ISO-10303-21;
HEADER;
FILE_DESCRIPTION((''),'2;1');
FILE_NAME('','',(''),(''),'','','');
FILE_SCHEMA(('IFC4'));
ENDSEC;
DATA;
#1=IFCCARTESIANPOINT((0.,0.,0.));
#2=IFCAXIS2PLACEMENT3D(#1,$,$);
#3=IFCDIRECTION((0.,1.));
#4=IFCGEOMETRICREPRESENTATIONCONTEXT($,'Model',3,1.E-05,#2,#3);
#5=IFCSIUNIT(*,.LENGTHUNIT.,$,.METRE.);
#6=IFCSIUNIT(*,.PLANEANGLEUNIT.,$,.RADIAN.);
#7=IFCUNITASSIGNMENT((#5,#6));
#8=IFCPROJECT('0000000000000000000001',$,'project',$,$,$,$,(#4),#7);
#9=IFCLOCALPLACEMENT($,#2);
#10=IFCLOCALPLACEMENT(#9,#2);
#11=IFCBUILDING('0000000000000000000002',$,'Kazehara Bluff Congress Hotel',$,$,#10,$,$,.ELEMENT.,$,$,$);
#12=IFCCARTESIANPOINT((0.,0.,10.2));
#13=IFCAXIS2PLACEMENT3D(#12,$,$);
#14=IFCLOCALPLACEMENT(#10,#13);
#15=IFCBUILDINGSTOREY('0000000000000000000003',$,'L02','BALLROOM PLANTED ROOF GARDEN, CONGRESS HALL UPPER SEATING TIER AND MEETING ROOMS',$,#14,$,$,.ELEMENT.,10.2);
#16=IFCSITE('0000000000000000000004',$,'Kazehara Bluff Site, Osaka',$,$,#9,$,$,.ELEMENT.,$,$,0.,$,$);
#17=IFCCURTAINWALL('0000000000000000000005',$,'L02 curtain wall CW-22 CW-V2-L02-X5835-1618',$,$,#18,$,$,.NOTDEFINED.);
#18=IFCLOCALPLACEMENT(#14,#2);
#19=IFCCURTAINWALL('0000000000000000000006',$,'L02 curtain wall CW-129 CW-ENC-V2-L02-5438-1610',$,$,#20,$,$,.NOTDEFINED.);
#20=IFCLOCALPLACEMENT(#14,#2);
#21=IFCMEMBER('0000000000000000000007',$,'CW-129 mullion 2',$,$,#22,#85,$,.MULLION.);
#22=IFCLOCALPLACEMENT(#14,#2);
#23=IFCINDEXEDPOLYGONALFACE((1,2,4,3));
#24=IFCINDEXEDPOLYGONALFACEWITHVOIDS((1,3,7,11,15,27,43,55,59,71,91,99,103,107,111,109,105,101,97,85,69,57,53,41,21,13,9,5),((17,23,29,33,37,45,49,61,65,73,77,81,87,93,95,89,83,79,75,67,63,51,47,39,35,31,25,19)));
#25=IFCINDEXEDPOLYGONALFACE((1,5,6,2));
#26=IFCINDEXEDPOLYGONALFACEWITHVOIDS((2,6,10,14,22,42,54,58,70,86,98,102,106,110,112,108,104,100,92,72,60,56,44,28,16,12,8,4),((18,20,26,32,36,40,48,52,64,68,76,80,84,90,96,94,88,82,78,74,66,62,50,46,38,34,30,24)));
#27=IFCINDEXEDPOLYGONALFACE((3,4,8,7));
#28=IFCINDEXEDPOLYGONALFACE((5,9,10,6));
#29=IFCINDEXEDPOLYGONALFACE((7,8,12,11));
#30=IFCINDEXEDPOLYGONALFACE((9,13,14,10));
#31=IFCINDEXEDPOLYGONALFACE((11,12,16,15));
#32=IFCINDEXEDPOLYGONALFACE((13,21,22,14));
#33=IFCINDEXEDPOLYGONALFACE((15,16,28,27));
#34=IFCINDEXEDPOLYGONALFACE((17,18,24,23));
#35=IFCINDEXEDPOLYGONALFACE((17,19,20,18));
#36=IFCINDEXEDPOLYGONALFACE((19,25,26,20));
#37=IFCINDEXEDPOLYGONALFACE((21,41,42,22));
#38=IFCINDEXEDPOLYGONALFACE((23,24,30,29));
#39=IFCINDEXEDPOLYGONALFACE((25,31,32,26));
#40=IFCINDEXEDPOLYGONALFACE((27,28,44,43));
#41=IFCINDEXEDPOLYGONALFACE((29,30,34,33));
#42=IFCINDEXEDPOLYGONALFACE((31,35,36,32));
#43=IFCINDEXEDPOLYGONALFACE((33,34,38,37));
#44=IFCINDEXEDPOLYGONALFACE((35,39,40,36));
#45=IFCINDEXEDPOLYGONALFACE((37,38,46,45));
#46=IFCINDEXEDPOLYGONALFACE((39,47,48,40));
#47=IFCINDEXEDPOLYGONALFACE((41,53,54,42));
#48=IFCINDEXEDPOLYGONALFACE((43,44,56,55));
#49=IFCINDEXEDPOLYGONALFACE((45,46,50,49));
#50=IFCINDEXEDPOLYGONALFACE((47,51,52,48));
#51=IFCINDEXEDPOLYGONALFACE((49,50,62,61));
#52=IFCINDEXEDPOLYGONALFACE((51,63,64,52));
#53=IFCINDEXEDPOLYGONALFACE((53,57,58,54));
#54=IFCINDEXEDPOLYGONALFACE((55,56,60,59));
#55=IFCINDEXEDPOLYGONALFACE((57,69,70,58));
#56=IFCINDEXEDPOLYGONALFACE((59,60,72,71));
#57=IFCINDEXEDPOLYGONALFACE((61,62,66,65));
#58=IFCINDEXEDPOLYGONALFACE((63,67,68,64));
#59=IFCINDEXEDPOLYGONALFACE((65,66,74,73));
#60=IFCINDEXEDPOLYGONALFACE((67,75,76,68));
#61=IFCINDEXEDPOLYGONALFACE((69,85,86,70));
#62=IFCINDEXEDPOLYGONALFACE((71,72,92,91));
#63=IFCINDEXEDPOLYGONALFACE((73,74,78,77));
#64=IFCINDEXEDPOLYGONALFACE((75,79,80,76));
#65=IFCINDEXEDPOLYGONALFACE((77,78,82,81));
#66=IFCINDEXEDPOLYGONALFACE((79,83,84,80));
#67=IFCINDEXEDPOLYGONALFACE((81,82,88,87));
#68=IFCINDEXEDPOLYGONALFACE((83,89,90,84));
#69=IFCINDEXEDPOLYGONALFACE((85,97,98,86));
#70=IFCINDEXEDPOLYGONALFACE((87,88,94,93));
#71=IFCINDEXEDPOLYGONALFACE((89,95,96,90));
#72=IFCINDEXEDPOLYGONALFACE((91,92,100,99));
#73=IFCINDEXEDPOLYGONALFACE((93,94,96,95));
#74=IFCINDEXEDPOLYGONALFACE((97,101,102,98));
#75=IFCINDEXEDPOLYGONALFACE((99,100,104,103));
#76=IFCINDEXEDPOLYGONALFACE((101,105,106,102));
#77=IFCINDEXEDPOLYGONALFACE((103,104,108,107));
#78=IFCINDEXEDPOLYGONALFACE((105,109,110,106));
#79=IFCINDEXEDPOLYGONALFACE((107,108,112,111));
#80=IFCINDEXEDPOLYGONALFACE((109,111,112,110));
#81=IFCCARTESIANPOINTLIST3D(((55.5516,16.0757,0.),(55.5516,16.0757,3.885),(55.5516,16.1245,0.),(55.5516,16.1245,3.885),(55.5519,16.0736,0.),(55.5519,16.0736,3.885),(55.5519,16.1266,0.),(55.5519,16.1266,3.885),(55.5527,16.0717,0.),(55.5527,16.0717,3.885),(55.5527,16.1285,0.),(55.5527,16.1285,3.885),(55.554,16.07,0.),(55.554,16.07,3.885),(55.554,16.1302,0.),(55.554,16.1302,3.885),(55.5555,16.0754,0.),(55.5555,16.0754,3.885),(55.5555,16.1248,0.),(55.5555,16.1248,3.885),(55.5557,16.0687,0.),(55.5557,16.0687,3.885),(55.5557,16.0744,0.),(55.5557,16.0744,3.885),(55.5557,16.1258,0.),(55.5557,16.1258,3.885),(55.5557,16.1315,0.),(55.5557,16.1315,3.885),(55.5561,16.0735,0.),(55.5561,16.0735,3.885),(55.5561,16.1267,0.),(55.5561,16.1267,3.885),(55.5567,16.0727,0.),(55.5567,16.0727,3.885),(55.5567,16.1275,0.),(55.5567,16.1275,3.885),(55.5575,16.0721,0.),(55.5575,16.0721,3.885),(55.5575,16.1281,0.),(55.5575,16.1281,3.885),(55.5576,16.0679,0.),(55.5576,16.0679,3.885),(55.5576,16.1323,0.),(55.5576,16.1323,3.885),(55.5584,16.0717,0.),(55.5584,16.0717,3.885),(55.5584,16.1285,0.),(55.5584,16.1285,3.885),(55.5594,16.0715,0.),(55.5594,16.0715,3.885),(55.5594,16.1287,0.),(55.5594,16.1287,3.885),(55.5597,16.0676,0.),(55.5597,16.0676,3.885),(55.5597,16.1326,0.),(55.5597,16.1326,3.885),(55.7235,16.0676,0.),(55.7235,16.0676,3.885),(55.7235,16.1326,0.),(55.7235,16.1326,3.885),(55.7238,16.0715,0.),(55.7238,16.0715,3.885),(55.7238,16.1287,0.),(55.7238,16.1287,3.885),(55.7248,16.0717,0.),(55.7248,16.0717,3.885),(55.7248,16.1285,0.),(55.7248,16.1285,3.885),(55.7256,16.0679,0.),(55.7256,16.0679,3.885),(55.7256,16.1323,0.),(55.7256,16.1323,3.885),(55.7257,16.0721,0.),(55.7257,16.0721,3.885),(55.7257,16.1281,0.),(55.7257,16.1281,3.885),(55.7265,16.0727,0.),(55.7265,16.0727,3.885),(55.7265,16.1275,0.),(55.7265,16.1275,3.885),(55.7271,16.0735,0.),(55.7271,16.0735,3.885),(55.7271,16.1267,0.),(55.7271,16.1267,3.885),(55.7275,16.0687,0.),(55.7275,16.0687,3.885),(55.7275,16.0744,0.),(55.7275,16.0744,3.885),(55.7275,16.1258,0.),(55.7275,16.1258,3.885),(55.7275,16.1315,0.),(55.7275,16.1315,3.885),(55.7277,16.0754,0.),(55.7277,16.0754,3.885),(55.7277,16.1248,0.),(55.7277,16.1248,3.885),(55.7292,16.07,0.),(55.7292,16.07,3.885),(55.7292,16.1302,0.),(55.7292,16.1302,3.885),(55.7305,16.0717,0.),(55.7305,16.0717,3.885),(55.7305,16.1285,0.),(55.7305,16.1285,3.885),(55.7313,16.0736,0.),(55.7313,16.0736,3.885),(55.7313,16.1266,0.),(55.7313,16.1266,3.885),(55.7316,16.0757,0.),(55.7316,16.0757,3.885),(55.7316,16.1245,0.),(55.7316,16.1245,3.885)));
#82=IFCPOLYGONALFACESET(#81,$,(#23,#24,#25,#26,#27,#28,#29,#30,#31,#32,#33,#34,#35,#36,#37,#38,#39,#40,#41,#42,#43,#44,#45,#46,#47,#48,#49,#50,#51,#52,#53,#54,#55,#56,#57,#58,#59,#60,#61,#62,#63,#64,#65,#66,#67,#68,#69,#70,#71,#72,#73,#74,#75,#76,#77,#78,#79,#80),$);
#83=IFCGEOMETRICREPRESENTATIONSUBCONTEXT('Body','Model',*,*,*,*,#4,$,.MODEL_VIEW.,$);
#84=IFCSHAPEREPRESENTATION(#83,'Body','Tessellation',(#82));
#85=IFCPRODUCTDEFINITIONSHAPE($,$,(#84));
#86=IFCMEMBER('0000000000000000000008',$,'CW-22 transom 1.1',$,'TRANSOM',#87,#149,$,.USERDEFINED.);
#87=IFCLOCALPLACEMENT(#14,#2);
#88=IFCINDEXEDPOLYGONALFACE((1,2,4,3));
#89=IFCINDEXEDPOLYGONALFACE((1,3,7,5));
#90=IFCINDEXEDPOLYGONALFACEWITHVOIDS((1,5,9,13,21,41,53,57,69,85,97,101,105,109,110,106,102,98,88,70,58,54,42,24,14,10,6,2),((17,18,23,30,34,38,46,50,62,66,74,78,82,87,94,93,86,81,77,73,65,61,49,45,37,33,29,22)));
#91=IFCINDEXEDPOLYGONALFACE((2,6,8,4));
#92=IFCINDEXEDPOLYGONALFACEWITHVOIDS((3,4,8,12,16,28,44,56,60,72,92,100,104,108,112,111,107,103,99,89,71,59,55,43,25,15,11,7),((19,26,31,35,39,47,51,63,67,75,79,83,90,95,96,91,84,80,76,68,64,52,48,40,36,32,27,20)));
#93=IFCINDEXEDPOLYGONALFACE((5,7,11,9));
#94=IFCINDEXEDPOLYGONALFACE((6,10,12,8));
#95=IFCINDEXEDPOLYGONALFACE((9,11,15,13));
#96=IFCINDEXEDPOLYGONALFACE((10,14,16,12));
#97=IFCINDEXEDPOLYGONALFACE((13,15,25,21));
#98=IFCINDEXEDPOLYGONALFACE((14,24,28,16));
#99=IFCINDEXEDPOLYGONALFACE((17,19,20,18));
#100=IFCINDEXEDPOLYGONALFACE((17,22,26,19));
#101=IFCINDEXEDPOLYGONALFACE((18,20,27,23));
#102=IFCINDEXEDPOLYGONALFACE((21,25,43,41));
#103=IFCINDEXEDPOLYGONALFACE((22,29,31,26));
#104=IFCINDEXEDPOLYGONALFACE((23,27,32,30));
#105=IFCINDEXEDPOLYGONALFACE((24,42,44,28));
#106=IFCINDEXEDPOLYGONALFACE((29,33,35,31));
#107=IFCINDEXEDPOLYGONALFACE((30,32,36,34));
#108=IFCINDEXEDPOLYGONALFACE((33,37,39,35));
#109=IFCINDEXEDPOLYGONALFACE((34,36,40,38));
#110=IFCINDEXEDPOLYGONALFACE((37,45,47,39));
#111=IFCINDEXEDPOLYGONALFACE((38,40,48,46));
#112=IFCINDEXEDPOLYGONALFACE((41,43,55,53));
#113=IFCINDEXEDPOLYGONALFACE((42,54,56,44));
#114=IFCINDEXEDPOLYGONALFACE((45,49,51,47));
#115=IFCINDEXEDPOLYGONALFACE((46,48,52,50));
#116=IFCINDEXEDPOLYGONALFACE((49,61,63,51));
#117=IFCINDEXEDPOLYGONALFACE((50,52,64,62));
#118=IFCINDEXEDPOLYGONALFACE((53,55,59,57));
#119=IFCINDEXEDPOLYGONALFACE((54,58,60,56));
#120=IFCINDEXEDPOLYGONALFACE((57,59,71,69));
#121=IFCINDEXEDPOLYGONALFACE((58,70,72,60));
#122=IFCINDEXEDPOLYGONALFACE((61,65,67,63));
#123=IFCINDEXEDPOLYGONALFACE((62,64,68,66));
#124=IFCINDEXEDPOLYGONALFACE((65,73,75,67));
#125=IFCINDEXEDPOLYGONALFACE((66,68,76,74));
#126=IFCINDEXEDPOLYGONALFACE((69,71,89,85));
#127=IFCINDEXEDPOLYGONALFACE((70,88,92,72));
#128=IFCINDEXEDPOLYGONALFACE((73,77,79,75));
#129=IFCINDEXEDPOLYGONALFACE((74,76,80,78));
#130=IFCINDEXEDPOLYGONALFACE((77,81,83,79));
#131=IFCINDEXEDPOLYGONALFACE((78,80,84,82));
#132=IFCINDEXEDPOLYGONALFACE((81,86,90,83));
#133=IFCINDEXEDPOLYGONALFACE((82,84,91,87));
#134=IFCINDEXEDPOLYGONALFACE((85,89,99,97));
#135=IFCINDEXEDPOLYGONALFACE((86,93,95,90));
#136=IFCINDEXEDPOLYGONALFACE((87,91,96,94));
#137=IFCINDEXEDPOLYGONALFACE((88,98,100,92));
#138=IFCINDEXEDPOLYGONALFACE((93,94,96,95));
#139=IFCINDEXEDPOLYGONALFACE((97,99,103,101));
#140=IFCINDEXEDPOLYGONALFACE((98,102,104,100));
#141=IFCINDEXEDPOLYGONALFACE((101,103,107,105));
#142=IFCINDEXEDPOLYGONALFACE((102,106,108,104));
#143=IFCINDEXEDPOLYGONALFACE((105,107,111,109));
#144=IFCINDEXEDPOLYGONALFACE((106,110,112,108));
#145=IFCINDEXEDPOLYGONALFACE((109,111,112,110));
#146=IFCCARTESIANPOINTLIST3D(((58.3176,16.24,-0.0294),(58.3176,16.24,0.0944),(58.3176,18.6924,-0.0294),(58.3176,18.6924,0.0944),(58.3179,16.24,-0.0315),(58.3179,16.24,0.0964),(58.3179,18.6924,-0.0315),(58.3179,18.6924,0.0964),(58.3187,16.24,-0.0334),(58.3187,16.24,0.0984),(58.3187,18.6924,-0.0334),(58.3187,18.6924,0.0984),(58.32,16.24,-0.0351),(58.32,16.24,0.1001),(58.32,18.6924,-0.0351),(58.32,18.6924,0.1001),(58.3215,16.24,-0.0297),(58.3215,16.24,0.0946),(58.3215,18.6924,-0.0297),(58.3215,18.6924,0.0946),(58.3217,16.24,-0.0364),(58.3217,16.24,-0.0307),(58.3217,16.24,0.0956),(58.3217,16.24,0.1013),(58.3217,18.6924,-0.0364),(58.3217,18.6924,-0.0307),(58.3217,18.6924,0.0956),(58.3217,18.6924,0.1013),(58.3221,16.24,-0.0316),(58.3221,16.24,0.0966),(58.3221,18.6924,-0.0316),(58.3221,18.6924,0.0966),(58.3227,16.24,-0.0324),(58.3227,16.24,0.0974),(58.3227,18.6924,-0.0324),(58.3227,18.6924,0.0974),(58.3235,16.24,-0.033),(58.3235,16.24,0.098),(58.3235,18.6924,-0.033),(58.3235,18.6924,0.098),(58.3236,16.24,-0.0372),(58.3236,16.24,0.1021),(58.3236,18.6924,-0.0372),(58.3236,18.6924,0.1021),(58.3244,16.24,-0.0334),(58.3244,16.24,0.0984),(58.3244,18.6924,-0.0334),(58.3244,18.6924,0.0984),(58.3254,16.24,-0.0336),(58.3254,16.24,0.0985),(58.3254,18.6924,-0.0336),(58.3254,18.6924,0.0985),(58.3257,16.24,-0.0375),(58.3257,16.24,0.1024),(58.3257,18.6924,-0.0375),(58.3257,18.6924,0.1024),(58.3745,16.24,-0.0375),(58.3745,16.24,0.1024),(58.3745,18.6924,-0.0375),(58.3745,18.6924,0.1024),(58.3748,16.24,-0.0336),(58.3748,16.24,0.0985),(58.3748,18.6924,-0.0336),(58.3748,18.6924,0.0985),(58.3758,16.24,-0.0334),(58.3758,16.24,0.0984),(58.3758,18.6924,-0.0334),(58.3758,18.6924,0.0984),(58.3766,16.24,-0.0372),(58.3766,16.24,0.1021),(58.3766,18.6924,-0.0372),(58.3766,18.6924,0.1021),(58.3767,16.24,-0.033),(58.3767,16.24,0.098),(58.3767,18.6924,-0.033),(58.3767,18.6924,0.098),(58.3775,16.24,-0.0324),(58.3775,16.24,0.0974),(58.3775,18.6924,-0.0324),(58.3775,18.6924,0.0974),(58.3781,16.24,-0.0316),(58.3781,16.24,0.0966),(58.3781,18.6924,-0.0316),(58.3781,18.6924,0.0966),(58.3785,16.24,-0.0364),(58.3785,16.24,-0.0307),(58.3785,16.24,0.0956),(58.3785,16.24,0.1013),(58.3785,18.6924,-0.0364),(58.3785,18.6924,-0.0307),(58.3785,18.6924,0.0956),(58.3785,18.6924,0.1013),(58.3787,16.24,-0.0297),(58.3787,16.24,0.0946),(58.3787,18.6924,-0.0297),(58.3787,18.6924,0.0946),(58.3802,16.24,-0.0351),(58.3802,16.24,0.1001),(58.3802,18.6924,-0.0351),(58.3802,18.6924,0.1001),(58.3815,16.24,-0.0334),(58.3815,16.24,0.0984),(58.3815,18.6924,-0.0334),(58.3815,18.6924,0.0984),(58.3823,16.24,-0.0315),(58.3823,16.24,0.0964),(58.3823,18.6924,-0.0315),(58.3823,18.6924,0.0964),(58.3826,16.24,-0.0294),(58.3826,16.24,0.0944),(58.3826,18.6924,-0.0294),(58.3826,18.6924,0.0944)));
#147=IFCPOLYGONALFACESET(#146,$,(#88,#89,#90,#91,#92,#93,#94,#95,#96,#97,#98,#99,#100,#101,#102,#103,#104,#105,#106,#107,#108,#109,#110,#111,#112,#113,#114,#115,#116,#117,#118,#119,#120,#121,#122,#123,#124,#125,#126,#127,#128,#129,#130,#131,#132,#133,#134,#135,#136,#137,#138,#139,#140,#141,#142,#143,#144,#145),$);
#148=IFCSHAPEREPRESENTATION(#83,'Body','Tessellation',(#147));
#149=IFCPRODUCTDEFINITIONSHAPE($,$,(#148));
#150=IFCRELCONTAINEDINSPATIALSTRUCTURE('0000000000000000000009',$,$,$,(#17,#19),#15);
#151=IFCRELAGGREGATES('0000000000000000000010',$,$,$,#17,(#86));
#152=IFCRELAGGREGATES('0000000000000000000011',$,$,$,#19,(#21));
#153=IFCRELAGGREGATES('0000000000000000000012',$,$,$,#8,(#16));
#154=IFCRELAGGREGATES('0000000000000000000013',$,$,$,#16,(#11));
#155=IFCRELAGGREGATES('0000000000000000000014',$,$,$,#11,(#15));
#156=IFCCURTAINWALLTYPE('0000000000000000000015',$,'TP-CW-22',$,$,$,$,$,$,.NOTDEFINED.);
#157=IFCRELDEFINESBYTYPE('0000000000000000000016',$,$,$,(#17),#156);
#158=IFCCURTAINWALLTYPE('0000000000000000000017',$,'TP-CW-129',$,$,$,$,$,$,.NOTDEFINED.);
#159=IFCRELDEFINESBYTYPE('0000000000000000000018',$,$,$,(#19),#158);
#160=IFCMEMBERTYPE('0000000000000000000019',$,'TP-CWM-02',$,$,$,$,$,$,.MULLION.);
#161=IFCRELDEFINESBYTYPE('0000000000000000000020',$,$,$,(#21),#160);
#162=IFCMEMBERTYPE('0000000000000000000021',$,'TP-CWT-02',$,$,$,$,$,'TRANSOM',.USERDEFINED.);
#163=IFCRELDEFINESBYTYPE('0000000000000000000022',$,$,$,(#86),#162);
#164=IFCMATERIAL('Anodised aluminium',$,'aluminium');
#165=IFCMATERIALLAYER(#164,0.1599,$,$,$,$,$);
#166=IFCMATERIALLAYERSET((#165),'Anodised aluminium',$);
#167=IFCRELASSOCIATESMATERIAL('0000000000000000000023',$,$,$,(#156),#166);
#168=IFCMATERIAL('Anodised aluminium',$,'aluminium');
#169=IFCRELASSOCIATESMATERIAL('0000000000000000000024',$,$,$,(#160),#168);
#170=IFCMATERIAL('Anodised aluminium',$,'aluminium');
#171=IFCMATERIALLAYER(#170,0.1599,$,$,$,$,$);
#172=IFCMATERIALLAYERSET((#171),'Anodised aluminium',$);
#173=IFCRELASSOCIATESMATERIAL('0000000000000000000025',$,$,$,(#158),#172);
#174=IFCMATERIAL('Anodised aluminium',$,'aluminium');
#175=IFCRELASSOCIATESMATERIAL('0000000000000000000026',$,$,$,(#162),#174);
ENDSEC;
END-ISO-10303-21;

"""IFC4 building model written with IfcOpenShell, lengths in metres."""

from ifc_helpers import new_model, si_unit, direction, frame, origin, origin_2d, place, context, subcontext, project, spatial, hollow_rectangle, extrude, material, layer, layer_set, material_profile, profile_set, type_object, element, aggregate, save


model = new_model("IFC4")

# Units and contexts
model_context = context("Model", 3, precision=1e-05, world=origin(), true_north=direction((0.0, 1.0)))
body_context = subcontext(model_context, "Body", "Model", "MODEL_VIEW")
ifc_project = project(units=[si_unit("LENGTHUNIT", "METRE"), si_unit("PLANEANGLEUNIT", "RADIAN")], contexts=[model_context])

# Site, building, storey
site_placement = place(None, origin())
site = spatial("IfcSite", under=ifc_project, at=site_placement, Name="Kazehara Bluff Site, Osaka", CompositionType="ELEMENT", RefElevation=0.0)
building_placement = place(site_placement, origin())
building = spatial("IfcBuilding", under=site, at=building_placement, Name="Kazehara Bluff Congress Hotel", CompositionType="ELEMENT")
storey_placement = place(building_placement, frame((0.0, 0.0, 10.2)))
storey = spatial("IfcBuildingStorey", under=building, at=storey_placement, Name="L02", Description="BALLROOM PLANTED ROOF GARDEN, CONGRESS HALL UPPER SEATING TIER AND MEETING ROOMS", CompositionType="ELEMENT", Elevation=10.2)

# Curtain wall
ifc_material_1 = material(Name="Anodised aluminium", Category="aluminium")
ifc_layer_1 = layer(ifc_material_1, 0.1599)
ifc_layer_set_1 = layer_set([ifc_layer_1], Name="Anodised aluminium")
curtain_wall_type_1 = type_object("IfcCurtainWallType", Name="TP-CW-22", PredefinedType="NOTDEFINED", material=ifc_layer_set_1)
curtain_wall_1_placement = place(storey_placement, origin())
curtain_wall_1 = element("IfcCurtainWall", 1, at=curtain_wall_1_placement, inside=storey, type_object=curtain_wall_type_1, Name="L02 curtain wall CW-22 CW-V2-L02-X5835-1618", PredefinedType="NOTDEFINED")
ifc_material_2 = material(Name="Anodised aluminium", Category="aluminium")
ifc_material_profile_1 = material_profile(ifc_material_2, hollow_rectangle(XDim=0.0649, YDim=0.1799, WallThickness=0.0039, InnerFilletRadius=0.0039, OuterFilletRadius=0.0081, at=origin_2d()))
ifc_profile_set_1 = profile_set([ifc_material_profile_1], Name="Anodised aluminium")
member_type_1 = type_object("IfcMemberType", Name="TP-CWM-02", PredefinedType="MULLION", material=ifc_profile_set_1)

# Curtain wall, member
ifc_material_3 = material(Name="Anodised aluminium", Category="aluminium")
ifc_layer_2 = layer(ifc_material_3, 0.1599)
ifc_layer_set_2 = layer_set([ifc_layer_2], Name="Anodised aluminium")
curtain_wall_type_2 = type_object("IfcCurtainWallType", Name="TP-CW-129", PredefinedType="NOTDEFINED", material=ifc_layer_set_2)
curtain_wall_2_placement = place(storey_placement, origin())
curtain_wall_2 = element("IfcCurtainWall", 2, at=curtain_wall_2_placement, inside=storey, type_object=curtain_wall_type_2, Name="L02 curtain wall CW-129 CW-ENC-V2-L02-5438-1610", PredefinedType="NOTDEFINED")
member_1_placement = place(storey_placement, frame((55.6416, 16.1001, 0.0), z_axis=(0.0, 0.0, 1.0), x_axis=(0.0, -1.0, 0.0)))
member_1 = element("IfcMember", 3, at=member_1_placement, type_object=member_type_1, Name="CW-129 mullion 2", PredefinedType="MULLION", context=body_context, shape_type="SweptSolid", body=[
    extrude(hollow_rectangle(XDim=0.0649, YDim=0.1799, WallThickness=0.0039, InnerFilletRadius=0.0039, OuterFilletRadius=0.0081, at=origin_2d()), origin(), (0.0, 0.0, 1.0), 3.885),
])

# Member
ifc_material_4 = material(Name="Anodised aluminium", Category="aluminium")
ifc_material_profile_2 = material_profile(ifc_material_4, hollow_rectangle(XDim=0.0649, YDim=0.1399, WallThickness=0.0039, InnerFilletRadius=0.0039, OuterFilletRadius=0.0081, at=origin_2d()))
ifc_profile_set_2 = profile_set([ifc_material_profile_2], Name="Anodised aluminium")
member_type_2 = type_object("IfcMemberType", Name="TP-CWT-02", ElementType="TRANSOM", PredefinedType="USERDEFINED", material=ifc_profile_set_2)
member_2_placement = place(storey_placement, frame((58.3501, 16.24, 0.0325), z_axis=(0.0, 1.0, 0.0), x_axis=(-1.0, 0.0, 0.0)))
member_2 = element("IfcMember", 4, at=member_2_placement, type_object=member_type_2, Name="CW-22 transom 1.1", ObjectType="TRANSOM", PredefinedType="USERDEFINED", context=body_context, shape_type="SweptSolid", body=[
    extrude(hollow_rectangle(XDim=0.0649, YDim=0.1399, WallThickness=0.0039, InnerFilletRadius=0.0039, OuterFilletRadius=0.0081, at=origin_2d()), origin(), (0.0, 0.0, 1.0), 2.4524),
])

aggregate(curtain_wall_1, [member_2])
aggregate(curtain_wall_2, [member_1])

save(model, "model.ifc")
